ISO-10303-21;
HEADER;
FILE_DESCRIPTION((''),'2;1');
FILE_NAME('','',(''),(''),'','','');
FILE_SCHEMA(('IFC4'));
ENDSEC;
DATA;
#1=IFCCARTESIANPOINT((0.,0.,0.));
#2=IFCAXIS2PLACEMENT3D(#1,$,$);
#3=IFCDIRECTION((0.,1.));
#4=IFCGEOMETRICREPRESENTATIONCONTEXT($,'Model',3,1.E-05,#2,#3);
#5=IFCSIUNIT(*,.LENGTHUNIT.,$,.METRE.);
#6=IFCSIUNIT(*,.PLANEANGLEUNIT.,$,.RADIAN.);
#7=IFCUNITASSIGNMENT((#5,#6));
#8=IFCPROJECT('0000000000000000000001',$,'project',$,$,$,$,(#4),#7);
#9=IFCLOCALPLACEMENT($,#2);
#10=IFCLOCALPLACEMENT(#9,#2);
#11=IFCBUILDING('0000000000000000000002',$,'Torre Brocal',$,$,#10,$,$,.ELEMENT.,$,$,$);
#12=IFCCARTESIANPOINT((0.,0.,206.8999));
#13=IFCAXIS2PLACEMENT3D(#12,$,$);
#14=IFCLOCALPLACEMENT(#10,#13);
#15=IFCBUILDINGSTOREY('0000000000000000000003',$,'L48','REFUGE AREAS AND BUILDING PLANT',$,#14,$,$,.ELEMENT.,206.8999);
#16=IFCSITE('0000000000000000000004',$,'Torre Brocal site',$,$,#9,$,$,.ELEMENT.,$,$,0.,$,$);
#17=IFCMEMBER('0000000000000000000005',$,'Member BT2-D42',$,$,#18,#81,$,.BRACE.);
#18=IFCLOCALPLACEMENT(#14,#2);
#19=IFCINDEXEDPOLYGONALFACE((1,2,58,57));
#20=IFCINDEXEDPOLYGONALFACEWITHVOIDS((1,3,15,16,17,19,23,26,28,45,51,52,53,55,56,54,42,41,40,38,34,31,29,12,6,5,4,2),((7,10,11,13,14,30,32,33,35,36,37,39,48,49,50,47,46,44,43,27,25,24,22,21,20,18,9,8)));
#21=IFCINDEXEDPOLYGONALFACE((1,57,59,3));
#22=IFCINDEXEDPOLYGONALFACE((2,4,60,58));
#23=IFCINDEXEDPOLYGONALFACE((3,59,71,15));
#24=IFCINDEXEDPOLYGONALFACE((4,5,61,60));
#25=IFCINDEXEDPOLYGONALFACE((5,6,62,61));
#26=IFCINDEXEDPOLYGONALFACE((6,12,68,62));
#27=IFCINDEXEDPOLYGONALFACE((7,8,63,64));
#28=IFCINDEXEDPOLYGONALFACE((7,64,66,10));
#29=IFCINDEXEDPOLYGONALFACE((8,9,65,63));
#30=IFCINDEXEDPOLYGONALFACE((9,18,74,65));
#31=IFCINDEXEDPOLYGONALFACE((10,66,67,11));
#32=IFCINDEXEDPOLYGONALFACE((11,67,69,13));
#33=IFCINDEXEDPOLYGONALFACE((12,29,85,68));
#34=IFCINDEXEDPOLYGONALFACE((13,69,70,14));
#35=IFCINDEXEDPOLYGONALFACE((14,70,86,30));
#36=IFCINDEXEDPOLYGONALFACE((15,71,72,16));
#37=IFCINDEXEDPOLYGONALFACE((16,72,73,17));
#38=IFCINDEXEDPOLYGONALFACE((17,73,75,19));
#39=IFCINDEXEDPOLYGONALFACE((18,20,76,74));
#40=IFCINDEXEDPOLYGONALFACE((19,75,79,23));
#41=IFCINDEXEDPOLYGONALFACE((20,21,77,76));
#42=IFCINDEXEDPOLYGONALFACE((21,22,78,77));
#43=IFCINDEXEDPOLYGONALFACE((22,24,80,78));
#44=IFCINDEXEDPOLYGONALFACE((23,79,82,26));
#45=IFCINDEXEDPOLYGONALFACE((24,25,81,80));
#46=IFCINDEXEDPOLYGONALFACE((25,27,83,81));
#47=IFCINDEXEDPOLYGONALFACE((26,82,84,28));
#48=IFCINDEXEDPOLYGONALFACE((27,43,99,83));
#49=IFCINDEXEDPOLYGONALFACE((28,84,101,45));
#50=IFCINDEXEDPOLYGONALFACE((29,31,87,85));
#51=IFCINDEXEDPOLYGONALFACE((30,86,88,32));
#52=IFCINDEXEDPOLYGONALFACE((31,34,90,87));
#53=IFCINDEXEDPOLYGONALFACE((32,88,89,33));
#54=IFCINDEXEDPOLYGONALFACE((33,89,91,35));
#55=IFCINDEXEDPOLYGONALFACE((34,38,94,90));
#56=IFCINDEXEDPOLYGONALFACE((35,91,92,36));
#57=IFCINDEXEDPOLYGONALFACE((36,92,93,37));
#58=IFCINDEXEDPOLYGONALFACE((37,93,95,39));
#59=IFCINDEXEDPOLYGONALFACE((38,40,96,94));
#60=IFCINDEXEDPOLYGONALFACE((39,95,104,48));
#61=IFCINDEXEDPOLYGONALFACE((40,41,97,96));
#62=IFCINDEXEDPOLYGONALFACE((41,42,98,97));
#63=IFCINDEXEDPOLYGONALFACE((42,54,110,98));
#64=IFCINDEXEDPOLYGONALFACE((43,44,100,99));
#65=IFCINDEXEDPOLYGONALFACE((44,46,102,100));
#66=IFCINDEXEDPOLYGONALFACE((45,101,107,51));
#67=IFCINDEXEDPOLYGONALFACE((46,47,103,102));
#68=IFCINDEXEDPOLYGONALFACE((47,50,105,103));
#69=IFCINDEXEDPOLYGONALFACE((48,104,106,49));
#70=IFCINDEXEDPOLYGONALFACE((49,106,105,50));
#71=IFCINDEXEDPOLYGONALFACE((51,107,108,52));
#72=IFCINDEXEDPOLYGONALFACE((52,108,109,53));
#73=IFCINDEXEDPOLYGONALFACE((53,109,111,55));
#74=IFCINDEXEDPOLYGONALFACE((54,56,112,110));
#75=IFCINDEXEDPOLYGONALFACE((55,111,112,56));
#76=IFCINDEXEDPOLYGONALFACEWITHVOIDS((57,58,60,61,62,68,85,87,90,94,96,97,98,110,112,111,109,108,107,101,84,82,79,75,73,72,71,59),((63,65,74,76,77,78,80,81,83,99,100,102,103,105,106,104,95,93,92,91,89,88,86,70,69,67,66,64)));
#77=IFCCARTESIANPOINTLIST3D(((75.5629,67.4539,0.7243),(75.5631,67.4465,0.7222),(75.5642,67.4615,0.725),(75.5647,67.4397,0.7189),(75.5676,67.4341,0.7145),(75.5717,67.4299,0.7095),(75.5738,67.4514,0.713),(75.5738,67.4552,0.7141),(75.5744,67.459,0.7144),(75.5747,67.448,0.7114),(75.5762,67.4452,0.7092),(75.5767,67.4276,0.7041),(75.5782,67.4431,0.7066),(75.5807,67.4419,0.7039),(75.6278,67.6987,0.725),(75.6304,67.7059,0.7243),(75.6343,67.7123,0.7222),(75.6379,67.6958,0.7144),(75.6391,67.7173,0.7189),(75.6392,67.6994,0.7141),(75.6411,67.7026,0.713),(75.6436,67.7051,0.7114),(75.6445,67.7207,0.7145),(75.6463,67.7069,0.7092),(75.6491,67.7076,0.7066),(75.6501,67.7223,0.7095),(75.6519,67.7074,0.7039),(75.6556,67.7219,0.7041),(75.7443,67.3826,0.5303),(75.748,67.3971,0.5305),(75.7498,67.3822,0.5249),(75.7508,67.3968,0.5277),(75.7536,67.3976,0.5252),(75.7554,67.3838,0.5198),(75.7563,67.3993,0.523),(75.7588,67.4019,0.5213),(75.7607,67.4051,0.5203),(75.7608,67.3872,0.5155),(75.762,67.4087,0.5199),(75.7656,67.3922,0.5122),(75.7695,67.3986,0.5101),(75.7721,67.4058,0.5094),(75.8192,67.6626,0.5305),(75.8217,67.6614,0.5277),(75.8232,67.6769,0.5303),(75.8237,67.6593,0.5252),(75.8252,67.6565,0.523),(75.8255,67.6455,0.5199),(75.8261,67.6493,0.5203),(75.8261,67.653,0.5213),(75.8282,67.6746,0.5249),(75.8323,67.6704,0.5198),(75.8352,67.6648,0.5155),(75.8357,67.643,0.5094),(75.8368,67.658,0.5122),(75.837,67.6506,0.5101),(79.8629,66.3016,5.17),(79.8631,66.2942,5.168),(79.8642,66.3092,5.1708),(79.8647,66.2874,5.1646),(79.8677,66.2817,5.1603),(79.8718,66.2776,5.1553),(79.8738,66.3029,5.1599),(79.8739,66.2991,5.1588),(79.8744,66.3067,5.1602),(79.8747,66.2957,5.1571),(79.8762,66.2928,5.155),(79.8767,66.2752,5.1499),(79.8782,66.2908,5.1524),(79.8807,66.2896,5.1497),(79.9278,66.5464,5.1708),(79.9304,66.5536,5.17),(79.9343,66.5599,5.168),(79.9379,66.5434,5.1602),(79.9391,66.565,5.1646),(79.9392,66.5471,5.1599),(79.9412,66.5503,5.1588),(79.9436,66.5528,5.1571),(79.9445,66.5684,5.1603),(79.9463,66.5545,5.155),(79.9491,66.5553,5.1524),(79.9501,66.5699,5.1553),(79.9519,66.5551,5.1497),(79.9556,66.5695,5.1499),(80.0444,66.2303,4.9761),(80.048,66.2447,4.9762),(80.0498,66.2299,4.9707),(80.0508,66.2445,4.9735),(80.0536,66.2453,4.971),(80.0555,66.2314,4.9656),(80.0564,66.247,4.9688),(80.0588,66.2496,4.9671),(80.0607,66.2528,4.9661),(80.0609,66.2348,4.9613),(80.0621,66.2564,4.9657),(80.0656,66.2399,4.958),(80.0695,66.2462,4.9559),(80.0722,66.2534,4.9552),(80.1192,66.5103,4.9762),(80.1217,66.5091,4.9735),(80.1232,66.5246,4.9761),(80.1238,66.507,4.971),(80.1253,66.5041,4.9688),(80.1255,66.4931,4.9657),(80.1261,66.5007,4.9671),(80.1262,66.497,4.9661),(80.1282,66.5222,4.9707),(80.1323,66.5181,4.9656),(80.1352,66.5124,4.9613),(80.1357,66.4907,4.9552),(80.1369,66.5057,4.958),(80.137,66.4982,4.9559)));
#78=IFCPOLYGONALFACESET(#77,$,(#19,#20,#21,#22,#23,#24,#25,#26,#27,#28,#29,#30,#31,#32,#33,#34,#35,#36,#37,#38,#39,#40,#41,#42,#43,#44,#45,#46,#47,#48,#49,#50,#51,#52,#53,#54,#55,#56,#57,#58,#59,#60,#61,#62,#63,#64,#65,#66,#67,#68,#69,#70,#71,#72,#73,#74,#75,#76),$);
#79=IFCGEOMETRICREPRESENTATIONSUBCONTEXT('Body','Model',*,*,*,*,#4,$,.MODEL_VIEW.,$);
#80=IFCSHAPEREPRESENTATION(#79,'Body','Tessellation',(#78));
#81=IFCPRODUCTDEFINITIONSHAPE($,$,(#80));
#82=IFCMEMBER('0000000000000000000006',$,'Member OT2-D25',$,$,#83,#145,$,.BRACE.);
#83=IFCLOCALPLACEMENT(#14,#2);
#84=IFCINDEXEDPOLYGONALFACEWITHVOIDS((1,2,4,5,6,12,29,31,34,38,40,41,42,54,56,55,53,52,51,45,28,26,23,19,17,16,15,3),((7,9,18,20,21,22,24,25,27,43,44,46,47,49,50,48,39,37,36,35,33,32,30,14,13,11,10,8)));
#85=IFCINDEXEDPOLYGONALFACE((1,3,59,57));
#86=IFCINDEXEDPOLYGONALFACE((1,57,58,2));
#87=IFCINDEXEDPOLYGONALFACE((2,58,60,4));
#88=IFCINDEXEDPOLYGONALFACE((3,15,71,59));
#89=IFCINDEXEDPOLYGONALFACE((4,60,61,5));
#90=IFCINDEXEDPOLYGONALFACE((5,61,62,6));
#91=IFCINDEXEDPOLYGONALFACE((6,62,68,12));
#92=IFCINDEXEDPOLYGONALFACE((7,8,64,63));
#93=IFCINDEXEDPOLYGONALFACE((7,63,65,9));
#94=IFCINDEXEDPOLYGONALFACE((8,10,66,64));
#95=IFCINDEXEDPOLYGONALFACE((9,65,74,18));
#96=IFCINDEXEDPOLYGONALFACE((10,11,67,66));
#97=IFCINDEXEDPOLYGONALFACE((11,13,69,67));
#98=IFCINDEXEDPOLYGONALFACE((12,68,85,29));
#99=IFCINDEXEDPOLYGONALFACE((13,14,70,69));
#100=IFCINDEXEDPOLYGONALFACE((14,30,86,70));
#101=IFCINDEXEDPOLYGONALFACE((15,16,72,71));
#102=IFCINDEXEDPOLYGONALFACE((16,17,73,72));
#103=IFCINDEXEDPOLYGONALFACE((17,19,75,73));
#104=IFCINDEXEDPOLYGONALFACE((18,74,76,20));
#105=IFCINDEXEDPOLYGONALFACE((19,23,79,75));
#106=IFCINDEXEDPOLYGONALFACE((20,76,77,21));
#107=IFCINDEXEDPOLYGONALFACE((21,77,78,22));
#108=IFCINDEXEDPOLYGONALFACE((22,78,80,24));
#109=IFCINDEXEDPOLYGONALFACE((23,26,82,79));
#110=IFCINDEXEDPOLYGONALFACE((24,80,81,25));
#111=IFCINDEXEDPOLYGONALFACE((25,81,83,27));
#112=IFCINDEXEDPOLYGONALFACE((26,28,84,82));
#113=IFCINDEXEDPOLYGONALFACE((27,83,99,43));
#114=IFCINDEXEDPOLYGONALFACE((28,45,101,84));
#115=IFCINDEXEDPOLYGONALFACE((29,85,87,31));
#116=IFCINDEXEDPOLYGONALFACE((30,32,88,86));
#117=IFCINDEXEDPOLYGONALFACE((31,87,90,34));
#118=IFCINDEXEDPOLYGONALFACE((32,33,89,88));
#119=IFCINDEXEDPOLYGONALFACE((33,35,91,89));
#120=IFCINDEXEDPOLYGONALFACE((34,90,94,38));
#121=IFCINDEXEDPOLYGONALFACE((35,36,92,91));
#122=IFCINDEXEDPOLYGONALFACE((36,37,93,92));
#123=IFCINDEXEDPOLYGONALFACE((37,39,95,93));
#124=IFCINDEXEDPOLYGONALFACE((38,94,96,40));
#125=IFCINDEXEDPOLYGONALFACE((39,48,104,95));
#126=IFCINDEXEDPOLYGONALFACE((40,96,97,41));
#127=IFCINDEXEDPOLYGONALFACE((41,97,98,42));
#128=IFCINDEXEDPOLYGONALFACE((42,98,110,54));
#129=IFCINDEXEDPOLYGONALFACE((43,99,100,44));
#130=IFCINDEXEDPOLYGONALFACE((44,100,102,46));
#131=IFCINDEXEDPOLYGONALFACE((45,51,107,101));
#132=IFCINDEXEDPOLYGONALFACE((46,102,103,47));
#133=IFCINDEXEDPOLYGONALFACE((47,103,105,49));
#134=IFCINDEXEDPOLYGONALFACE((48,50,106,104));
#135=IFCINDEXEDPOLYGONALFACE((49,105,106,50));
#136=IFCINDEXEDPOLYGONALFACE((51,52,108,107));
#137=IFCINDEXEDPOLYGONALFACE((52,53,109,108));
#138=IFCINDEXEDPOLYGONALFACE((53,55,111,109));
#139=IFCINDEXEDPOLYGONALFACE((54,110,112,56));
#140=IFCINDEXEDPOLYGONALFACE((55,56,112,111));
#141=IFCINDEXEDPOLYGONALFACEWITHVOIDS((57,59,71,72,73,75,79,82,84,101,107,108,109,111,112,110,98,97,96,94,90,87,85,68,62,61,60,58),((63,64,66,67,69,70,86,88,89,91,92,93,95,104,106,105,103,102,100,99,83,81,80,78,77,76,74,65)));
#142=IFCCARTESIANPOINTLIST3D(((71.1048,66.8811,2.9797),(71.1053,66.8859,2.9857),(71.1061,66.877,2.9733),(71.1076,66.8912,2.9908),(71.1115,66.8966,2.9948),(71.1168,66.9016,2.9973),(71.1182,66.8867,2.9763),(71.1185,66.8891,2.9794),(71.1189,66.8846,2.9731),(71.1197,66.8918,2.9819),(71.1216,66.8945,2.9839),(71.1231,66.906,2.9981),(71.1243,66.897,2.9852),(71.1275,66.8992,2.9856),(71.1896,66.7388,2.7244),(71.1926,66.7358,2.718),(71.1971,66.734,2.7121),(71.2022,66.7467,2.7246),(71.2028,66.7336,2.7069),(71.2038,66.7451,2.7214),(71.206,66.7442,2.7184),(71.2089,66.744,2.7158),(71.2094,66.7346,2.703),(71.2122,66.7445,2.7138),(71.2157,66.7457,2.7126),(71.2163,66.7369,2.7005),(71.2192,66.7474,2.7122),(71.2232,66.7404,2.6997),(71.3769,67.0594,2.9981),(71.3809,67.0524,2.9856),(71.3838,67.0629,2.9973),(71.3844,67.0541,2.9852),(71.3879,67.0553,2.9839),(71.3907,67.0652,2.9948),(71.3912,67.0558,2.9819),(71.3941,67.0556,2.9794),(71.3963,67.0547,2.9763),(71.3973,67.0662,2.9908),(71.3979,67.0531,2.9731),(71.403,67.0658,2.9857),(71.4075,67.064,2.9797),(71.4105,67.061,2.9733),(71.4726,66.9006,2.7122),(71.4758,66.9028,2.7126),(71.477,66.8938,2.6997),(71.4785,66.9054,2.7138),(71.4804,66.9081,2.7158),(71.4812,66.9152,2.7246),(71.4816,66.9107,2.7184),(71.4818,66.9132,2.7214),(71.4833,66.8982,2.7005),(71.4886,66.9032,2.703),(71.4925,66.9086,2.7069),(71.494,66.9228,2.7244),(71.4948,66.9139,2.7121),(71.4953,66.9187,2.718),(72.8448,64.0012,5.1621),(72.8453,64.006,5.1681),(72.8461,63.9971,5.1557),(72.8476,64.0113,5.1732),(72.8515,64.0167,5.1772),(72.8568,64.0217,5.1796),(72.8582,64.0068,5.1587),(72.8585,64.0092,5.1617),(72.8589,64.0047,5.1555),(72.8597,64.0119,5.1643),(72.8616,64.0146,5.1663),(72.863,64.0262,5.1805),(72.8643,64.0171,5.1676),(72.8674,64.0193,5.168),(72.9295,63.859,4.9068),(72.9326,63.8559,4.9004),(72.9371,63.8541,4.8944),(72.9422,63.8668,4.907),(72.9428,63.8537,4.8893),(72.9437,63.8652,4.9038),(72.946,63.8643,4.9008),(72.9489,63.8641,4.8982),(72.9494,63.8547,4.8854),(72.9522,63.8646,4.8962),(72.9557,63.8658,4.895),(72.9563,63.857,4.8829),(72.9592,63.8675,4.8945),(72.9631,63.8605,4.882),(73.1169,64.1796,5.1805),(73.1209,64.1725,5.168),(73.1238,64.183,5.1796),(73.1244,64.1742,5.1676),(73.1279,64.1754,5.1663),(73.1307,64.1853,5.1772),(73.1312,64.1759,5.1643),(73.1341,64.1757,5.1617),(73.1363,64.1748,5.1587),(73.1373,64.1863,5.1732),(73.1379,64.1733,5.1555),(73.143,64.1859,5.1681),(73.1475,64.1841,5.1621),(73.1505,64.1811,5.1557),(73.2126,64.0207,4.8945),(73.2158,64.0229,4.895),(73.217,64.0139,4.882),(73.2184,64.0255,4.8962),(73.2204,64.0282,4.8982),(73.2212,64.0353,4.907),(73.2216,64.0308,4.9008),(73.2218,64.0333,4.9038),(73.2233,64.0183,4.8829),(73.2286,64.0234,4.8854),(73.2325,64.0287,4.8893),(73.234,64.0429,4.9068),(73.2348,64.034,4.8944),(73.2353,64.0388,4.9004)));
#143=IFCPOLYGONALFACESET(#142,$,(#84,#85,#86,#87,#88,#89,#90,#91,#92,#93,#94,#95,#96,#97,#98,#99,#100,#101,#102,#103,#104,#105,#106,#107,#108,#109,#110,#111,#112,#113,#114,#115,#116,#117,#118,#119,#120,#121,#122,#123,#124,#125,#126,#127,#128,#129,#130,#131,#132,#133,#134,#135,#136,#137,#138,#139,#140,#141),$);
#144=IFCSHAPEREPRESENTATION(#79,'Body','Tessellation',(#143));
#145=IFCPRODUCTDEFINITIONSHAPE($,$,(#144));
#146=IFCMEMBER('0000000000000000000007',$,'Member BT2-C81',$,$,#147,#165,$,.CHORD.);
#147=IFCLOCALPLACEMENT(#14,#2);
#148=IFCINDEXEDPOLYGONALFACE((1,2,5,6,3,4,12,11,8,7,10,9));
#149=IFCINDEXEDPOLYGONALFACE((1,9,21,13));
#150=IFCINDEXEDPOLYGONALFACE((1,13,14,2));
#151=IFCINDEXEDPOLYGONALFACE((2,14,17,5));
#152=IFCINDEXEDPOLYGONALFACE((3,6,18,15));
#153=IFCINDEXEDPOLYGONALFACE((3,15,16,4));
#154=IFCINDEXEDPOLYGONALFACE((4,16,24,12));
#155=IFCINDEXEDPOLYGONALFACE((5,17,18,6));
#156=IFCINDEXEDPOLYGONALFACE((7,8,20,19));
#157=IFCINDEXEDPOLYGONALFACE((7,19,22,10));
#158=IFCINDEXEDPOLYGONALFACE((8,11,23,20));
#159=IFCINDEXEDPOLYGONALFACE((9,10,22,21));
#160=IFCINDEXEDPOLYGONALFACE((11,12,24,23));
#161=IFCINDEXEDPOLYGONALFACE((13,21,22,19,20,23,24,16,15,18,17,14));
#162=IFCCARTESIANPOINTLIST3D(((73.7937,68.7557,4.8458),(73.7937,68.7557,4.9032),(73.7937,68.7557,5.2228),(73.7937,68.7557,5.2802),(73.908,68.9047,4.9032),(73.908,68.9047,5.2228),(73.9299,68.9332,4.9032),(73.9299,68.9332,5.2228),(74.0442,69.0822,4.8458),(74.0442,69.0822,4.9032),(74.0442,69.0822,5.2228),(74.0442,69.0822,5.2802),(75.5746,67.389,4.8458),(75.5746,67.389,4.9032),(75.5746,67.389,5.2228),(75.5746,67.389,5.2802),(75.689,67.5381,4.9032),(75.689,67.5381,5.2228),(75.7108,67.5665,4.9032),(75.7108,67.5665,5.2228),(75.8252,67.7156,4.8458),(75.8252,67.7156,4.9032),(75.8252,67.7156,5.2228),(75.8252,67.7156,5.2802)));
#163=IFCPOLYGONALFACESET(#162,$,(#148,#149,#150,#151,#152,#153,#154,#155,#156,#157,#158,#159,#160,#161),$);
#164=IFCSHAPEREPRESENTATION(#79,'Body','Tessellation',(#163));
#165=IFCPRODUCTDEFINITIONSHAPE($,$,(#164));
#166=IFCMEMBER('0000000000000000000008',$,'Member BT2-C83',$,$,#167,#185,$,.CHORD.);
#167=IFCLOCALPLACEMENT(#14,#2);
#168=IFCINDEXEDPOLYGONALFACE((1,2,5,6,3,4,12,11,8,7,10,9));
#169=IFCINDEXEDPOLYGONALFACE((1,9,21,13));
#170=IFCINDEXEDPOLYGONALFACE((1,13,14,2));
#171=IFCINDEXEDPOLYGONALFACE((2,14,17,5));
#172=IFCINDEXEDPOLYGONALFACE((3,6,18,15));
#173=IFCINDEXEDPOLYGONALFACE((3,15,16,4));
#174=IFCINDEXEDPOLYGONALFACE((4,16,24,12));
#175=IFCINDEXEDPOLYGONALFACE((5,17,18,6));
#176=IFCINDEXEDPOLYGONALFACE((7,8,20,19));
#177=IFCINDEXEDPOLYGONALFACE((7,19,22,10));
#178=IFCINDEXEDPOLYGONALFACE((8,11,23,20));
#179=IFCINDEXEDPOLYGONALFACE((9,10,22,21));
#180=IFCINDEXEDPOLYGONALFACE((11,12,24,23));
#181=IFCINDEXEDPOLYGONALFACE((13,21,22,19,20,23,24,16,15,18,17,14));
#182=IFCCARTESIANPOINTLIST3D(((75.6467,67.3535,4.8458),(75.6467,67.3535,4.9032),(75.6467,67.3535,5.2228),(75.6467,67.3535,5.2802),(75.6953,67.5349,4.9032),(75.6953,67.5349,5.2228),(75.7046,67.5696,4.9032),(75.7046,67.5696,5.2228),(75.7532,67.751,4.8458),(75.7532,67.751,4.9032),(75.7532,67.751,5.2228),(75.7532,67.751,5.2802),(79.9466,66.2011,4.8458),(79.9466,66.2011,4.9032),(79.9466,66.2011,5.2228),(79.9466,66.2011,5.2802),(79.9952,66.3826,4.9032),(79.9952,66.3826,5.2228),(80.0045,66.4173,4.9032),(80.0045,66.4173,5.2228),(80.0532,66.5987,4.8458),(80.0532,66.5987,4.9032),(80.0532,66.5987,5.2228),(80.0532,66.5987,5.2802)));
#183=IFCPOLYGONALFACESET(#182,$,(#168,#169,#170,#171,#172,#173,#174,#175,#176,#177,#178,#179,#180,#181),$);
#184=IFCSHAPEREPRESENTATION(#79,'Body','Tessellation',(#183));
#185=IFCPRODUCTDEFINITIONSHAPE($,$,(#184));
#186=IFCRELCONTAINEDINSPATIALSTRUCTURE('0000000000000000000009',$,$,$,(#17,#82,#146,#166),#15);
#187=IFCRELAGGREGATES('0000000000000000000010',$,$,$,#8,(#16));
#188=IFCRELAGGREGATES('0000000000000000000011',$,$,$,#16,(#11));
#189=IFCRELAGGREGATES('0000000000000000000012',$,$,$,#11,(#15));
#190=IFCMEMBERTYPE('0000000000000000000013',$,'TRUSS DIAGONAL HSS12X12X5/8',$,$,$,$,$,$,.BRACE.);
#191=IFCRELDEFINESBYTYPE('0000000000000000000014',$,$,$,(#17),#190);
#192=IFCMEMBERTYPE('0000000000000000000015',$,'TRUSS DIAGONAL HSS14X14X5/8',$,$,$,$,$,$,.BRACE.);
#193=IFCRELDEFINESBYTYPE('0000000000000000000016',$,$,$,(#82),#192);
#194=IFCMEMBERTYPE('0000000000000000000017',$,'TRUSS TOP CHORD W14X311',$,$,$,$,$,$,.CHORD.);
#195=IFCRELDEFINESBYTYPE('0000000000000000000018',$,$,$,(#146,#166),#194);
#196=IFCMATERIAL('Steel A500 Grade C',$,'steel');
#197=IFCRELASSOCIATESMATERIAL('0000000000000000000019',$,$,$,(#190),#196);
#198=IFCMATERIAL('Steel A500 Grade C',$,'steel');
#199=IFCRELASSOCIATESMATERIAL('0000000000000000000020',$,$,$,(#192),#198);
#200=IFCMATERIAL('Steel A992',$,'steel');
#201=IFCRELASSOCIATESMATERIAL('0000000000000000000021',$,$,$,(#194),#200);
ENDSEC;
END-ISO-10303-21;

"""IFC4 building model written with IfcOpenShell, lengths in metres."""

from ifc_helpers import new_model, si_unit, direction, frame, origin, origin_2d, place, context, subcontext, project, spatial, hollow_rectangle, i_section, extrude, material, material_profile, profile_set, type_object, element, save


model = new_model("IFC4")

# Units and contexts
model_context = context("Model", 3, precision=1e-05, world=origin(), true_north=direction((0.0, 1.0)))
body_context = subcontext(model_context, "Body", "Model", "MODEL_VIEW")
ifc_project = project(units=[si_unit("LENGTHUNIT", "METRE"), si_unit("PLANEANGLEUNIT", "RADIAN")], contexts=[model_context])

# Site, building, storey
site_placement = place(None, origin())
site = spatial("IfcSite", under=ifc_project, at=site_placement, Name="Torre Brocal site", CompositionType="ELEMENT", RefElevation=0.0)
building_placement = place(site_placement, origin())
building = spatial("IfcBuilding", under=site, at=building_placement, Name="Torre Brocal", CompositionType="ELEMENT")
storey_placement = place(building_placement, frame((0.0, 0.0, 206.8999)))
storey = spatial("IfcBuildingStorey", under=building, at=storey_placement, Name="L48", Description="REFUGE AREAS AND BUILDING PLANT", CompositionType="ELEMENT", Elevation=206.8999)

# Members
ifc_material_1 = material(Name="Steel A500 Grade C", Category="steel")
ifc_material_profile_1 = material_profile(ifc_material_1, hollow_rectangle(XDim=0.3047, YDim=0.3047, WallThickness=0.0149, InnerFilletRadius=0.0149, OuterFilletRadius=0.0295, at=origin_2d()), Name="HSS12X12X5/8")
ifc_profile_set_1 = profile_set([ifc_material_profile_1], Name="Steel A500 Grade C")
member_type_1 = type_object("IfcMemberType", Name="TRUSS DIAGONAL HSS12X12X5/8", PredefinedType="BRACE", material=ifc_profile_set_1)
member_1_placement = place(storey_placement, frame((75.7, 67.5522, 0.6172), z_axis=(0.683465, -0.183158, 0.706632), x_axis=(0.25885, 0.965917, 0.0)))
element("IfcMember", 1, at=member_1_placement, inside=storey, type_object=member_type_1, Name="Member BT2-D42", PredefinedType="BRACE", context=body_context, shape_type="SweptSolid", body=[
    extrude(hollow_rectangle(XDim=0.3047, YDim=0.3047, WallThickness=0.0149, InnerFilletRadius=0.0149, OuterFilletRadius=0.0295, at=origin_2d()), origin(), (0.0, 0.0, 1.0), 6.2915),
])
ifc_material_2 = material(Name="Steel A500 Grade C", Category="steel")
ifc_material_profile_2 = material_profile(ifc_material_2, hollow_rectangle(XDim=0.3557, YDim=0.3557, WallThickness=0.0149, InnerFilletRadius=0.0149, OuterFilletRadius=0.0295, at=origin_2d()), Name="HSS14X14X5/8")
ifc_profile_set_2 = profile_set([ifc_material_profile_2], Name="Steel A500 Grade C")
member_type_2 = type_object("IfcMemberType", Name="TRUSS DIAGONAL HSS14X14X5/8", PredefinedType="BRACE", material=ifc_profile_set_2)
member_2_placement = place(storey_placement, frame((71.3, 66.8999, 2.8489), z_axis=(0.43386, -0.718087, 0.544166), x_axis=(0.855908, 0.517129, 0.0)))
element("IfcMember", 2, at=member_2_placement, inside=storey, type_object=member_type_2, Name="Member OT2-D25", PredefinedType="BRACE", context=body_context, shape_type="SweptSolid", body=[
    extrude(hollow_rectangle(XDim=0.3557, YDim=0.3557, WallThickness=0.0149, InnerFilletRadius=0.0149, OuterFilletRadius=0.0295, at=origin_2d()), origin(), (0.0, 0.0, 1.0), 4.0105),
])
ifc_material_3 = material(Name="Steel A992", Category="steel")
ifc_material_profile_3 = material_profile(ifc_material_3, i_section(OverallWidth=0.4116, OverallDepth=0.4343, WebThickness=0.0359, FlangeThickness=0.0574, at=origin_2d()), Name="W14X311")
ifc_profile_set_3 = profile_set([ifc_material_profile_3], Name="Steel A992")
member_type_3 = type_object("IfcMemberType", Name="TRUSS TOP CHORD W14X311", PredefinedType="CHORD", material=ifc_profile_set_3)
member_3_placement = place(storey_placement, frame((73.9189, 68.9189, 5.063), z_axis=(0.793335, -0.608785, 0.0), x_axis=(0.608785, 0.793335, 0.0)))
element("IfcMember", 3, at=member_3_placement, inside=storey, type_object=member_type_3, Name="Member BT2-C81", PredefinedType="CHORD", context=body_context, shape_type="SweptSolid", body=[
    extrude(i_section(OverallWidth=0.4116, OverallDepth=0.4343, WebThickness=0.0359, FlangeThickness=0.0574, at=origin_2d()), origin(), (0.0, 0.0, 1.0), 2.2449),
])
member_4_placement = place(storey_placement, frame((75.7, 67.5522, 5.063), z_axis=(0.965917, -0.25885, 0.0), x_axis=(0.25885, 0.965917, 0.0)))
element("IfcMember", 4, at=member_4_placement, inside=storey, type_object=member_type_3, Name="Member BT2-C83", PredefinedType="CHORD", context=body_context, shape_type="SweptSolid", body=[
    extrude(i_section(OverallWidth=0.4116, OverallDepth=0.4343, WebThickness=0.0359, FlangeThickness=0.0574, at=origin_2d()), origin(), (0.0, 0.0, 1.0), 4.4517),
])

save(model, "model.ifc")
